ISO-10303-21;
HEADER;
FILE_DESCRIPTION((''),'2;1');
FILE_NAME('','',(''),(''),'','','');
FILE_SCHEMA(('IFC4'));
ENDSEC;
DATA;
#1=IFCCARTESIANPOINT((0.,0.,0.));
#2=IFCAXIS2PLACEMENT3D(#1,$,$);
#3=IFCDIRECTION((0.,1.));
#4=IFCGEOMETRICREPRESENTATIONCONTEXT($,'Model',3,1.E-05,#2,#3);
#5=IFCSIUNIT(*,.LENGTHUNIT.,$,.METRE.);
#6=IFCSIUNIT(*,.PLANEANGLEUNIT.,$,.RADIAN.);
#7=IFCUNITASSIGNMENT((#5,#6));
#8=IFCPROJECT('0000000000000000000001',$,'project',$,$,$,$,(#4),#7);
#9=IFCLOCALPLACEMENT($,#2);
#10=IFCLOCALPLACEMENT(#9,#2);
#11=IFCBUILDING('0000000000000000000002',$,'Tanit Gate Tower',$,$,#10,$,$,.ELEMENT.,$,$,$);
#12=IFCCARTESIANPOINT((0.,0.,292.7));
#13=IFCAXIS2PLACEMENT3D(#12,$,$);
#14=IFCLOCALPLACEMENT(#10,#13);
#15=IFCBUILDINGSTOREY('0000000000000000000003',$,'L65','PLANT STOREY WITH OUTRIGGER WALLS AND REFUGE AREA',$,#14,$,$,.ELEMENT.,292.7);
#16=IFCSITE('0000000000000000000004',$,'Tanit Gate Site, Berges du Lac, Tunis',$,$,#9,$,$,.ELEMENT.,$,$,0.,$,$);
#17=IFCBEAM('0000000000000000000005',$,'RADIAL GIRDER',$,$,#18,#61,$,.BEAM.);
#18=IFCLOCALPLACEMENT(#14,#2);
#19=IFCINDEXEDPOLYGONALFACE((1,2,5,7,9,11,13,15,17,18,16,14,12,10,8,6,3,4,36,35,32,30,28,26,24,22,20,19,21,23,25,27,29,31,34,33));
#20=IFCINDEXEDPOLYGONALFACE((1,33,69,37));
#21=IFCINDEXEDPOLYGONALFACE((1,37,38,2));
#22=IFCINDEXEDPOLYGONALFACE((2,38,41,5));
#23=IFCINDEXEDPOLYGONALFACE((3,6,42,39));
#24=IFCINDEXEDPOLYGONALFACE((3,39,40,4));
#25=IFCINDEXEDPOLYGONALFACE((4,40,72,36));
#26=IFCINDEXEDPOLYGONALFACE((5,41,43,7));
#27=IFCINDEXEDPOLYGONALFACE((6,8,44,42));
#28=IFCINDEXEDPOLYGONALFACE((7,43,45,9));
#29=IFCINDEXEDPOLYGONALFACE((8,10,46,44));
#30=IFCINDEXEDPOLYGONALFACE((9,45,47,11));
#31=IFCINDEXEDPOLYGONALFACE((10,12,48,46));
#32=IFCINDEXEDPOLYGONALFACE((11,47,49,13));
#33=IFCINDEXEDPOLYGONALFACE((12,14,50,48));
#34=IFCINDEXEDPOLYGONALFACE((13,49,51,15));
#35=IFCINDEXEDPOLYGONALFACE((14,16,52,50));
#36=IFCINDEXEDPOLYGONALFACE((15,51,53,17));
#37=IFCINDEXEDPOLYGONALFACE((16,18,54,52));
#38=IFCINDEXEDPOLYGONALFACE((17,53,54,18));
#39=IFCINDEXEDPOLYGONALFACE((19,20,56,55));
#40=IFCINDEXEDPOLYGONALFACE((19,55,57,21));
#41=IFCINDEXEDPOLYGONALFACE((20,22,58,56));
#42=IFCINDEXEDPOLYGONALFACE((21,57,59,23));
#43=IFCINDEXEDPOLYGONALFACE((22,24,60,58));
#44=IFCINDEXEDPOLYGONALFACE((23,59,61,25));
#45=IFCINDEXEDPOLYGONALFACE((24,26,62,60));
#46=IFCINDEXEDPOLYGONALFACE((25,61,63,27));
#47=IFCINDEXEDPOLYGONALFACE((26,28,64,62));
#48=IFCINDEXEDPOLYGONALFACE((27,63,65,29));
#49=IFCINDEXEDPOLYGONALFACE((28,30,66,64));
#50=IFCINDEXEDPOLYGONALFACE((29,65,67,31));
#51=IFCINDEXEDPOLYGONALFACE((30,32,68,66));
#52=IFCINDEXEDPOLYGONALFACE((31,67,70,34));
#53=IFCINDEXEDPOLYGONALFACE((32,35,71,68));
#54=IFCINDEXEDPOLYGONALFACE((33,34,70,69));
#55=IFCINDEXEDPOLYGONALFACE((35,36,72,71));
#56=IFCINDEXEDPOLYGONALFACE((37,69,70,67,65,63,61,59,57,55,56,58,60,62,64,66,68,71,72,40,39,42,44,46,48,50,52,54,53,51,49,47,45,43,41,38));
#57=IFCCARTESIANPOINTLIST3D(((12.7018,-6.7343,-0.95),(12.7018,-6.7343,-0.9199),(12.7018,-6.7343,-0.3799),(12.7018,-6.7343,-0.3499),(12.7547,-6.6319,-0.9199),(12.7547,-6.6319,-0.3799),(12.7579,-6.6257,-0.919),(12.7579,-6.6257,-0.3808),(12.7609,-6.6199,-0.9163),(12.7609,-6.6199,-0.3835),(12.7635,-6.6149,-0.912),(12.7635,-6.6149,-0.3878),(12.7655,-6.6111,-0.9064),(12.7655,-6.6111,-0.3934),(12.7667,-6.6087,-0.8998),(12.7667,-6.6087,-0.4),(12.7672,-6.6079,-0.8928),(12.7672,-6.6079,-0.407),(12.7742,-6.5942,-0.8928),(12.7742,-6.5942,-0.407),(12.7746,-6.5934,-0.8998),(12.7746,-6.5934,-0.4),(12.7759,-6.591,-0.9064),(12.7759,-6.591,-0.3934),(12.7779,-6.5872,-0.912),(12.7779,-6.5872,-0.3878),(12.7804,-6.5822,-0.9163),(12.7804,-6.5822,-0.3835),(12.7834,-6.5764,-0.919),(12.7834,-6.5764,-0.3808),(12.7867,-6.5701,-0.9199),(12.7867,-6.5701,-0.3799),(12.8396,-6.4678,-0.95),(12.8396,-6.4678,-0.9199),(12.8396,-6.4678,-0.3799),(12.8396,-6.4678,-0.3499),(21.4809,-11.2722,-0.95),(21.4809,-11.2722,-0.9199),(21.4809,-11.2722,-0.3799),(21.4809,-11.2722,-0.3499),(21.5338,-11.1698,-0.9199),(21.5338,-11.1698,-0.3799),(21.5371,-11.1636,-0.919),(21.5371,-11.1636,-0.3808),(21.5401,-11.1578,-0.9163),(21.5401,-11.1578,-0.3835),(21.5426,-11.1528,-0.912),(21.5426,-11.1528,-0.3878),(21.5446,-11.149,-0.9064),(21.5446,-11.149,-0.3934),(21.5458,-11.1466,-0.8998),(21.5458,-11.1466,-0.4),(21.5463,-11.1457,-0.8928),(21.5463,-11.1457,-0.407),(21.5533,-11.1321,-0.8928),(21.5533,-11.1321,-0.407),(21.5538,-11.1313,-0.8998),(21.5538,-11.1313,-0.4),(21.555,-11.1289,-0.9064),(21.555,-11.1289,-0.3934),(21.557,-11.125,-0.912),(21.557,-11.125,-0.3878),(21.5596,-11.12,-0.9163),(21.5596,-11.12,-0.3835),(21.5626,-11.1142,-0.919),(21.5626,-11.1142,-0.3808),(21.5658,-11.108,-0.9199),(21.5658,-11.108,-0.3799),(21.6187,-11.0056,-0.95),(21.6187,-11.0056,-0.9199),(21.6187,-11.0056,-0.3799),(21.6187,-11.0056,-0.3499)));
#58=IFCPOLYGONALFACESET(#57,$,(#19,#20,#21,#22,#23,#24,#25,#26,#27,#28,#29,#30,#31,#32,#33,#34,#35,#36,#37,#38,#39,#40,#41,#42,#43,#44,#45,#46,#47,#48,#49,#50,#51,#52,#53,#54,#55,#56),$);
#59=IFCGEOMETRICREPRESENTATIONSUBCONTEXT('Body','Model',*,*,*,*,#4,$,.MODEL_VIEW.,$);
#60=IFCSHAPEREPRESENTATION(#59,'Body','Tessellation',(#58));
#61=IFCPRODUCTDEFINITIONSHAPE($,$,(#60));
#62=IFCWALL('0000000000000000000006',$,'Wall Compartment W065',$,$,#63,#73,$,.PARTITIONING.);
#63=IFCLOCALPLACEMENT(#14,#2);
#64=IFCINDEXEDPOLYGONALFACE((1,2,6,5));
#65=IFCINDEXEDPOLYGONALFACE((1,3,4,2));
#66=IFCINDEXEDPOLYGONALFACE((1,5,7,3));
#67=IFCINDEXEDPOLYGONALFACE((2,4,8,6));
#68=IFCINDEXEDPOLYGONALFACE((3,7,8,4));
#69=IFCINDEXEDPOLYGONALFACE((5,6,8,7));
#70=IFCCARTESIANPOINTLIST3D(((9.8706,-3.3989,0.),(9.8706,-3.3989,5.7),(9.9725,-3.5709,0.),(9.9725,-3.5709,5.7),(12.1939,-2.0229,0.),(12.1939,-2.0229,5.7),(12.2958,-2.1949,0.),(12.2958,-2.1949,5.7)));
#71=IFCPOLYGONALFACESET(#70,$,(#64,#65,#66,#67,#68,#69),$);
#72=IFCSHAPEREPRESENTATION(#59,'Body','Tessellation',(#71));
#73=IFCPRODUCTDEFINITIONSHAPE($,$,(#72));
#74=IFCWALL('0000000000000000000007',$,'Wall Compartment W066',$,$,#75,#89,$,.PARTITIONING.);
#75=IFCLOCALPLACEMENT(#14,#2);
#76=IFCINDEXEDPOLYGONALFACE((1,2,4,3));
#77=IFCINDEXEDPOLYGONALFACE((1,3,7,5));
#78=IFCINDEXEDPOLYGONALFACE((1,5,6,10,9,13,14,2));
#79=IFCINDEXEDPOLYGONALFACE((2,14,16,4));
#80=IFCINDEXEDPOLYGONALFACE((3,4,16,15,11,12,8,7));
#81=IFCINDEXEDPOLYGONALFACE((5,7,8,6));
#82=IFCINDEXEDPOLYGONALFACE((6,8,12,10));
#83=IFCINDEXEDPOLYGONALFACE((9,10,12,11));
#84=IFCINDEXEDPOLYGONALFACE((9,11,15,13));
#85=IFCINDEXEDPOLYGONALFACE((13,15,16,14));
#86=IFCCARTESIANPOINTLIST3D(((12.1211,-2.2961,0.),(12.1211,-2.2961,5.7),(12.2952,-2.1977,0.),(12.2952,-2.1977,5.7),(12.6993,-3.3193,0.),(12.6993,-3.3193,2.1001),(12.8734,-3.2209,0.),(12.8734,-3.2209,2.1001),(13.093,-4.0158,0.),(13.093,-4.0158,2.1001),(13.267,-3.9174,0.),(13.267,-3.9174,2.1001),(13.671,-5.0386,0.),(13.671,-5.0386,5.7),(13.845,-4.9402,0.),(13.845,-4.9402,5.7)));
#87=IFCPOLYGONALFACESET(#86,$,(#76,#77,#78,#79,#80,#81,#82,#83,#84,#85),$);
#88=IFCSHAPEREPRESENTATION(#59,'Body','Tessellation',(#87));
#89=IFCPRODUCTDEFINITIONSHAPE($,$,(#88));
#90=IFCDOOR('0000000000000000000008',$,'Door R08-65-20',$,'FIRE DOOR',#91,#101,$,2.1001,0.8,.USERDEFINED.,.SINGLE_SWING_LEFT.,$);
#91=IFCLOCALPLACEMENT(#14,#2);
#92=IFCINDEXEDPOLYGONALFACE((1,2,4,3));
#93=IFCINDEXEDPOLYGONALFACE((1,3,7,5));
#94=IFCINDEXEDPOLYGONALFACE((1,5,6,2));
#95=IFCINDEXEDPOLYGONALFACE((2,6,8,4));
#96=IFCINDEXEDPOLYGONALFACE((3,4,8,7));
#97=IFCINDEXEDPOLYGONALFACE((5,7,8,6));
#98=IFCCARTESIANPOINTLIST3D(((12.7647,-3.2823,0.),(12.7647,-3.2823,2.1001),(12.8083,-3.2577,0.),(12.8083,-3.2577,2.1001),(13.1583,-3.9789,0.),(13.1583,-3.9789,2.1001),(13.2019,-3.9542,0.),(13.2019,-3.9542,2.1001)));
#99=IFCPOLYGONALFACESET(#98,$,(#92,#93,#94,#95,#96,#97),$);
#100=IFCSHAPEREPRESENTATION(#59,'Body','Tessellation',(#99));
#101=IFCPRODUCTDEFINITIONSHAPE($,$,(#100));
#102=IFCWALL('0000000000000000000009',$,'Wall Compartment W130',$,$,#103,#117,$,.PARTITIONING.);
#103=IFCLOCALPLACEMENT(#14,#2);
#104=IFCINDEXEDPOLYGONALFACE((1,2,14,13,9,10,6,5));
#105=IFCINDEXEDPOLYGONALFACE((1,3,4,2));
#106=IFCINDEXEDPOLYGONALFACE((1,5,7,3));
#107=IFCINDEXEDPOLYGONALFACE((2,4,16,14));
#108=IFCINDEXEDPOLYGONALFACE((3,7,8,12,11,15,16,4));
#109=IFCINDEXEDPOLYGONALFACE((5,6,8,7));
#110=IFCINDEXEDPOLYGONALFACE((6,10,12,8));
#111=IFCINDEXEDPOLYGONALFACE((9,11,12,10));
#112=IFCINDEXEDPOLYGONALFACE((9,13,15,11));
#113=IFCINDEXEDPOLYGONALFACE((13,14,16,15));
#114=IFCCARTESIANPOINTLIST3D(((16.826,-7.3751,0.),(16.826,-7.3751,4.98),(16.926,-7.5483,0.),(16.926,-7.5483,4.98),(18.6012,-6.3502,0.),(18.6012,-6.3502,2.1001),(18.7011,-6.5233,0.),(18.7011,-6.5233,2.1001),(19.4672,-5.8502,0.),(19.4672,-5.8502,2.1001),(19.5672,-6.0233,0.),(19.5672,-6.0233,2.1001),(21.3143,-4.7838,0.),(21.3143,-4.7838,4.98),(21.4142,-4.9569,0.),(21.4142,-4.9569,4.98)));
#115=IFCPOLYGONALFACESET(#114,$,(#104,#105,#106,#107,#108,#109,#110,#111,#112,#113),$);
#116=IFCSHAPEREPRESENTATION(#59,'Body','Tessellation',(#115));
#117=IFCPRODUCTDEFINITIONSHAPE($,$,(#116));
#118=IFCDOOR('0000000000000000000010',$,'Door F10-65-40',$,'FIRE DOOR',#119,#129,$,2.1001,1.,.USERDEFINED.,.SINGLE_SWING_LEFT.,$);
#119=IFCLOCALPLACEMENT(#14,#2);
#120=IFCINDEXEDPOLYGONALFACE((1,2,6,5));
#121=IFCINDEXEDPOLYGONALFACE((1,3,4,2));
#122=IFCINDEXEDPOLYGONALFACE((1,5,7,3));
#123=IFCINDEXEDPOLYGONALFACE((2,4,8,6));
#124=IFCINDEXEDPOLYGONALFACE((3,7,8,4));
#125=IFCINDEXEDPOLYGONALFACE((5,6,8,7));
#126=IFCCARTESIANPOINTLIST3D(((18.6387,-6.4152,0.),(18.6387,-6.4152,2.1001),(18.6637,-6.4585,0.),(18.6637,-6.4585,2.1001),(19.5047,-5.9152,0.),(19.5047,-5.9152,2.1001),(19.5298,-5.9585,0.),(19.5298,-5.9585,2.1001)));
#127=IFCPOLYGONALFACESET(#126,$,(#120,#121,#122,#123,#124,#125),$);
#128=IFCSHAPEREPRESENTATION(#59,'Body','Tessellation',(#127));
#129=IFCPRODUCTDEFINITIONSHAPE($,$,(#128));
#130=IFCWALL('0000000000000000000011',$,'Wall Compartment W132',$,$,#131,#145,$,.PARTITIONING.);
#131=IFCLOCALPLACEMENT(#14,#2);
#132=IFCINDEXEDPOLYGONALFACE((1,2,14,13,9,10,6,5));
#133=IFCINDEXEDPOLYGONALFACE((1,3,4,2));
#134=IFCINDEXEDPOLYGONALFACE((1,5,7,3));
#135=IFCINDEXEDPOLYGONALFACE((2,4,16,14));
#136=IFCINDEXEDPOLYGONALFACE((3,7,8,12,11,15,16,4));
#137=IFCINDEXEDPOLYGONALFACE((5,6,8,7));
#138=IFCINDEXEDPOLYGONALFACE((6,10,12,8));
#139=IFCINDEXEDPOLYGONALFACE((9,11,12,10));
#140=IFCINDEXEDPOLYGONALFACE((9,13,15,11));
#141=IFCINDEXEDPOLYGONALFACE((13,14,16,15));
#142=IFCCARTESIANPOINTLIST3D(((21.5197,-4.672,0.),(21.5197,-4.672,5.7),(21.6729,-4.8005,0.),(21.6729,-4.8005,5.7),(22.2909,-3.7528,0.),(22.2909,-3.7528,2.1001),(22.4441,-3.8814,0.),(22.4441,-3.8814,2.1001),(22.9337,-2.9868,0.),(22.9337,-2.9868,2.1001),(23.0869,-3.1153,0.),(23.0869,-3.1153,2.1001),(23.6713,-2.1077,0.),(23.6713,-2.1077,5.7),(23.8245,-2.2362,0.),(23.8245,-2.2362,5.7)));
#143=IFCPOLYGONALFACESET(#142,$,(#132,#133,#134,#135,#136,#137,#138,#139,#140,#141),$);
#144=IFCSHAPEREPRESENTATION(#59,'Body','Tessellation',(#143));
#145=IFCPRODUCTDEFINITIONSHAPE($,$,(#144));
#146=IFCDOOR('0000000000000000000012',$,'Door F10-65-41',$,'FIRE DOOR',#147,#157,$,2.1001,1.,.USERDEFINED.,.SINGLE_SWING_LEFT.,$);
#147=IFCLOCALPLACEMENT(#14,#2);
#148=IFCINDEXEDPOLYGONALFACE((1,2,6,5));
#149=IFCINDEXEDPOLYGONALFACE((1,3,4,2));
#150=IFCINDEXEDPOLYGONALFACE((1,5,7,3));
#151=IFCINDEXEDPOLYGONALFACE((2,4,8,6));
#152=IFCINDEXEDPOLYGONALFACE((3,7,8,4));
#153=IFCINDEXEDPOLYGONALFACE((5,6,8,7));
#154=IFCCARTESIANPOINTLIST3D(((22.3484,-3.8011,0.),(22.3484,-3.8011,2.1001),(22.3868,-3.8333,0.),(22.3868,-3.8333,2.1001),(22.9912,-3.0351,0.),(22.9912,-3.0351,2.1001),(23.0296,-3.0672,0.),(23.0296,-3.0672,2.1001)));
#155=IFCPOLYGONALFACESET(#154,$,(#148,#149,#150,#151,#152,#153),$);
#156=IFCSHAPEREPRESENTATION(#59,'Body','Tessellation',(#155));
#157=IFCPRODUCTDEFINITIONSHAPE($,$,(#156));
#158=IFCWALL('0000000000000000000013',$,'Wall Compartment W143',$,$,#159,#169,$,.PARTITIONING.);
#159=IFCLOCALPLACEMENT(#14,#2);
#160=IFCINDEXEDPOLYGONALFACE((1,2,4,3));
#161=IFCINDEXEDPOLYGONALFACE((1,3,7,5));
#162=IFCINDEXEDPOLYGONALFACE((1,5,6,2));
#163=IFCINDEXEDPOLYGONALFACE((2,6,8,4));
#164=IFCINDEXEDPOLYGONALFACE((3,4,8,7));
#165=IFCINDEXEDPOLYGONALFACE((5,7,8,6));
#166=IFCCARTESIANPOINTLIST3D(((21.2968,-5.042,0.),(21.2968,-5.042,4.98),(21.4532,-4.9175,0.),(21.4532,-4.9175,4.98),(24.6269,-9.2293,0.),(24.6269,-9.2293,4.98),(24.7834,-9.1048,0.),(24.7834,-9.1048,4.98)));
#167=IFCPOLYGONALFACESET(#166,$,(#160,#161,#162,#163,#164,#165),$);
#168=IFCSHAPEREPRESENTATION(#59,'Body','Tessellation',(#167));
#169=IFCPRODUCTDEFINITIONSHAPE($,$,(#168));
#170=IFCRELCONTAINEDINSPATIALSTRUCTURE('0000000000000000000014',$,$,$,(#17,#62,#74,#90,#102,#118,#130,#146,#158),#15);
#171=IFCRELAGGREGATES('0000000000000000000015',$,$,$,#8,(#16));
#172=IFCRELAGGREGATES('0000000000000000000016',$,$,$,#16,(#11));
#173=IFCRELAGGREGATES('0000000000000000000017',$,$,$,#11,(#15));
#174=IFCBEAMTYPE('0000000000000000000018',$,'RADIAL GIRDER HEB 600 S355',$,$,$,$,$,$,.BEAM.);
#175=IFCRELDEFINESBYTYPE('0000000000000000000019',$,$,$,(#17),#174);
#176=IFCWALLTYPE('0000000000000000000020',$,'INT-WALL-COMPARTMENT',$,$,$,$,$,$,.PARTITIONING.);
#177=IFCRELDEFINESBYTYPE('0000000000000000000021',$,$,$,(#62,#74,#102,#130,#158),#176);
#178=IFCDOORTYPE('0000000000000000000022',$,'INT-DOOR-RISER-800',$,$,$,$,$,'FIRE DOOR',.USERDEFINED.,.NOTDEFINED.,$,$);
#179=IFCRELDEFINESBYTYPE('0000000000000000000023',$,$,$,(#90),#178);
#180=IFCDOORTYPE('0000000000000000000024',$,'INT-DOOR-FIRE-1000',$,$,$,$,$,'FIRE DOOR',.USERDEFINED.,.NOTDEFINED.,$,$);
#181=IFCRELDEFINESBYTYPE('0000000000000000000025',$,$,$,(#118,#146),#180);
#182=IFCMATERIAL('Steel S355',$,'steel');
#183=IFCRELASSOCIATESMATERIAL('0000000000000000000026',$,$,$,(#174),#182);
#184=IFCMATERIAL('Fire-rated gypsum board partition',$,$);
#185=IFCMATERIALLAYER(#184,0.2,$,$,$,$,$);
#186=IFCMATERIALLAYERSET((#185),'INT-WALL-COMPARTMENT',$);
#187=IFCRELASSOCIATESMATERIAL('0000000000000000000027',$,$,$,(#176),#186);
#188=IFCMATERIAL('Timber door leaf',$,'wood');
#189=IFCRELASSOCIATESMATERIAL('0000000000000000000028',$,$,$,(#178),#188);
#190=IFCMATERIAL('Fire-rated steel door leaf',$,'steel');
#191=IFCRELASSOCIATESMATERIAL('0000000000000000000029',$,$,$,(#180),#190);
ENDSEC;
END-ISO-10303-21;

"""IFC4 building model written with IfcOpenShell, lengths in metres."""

from ifc_helpers import new_model, si_unit, direction, frame, frame_2d, origin, origin_2d, place, context, subcontext, project, spatial, rectangle, i_section, extrude, material, layer, layer_set, material_profile, profile_set, type_object, element, fill, save


model = new_model("IFC4")

# Units and contexts
model_context = context("Model", 3, precision=1e-05, world=origin(), true_north=direction((0.0, 1.0)))
body_context = subcontext(model_context, "Body", "Model", "MODEL_VIEW")
ifc_project = project(units=[si_unit("LENGTHUNIT", "METRE"), si_unit("PLANEANGLEUNIT", "RADIAN")], contexts=[model_context])

# Site, building, storey
site_placement = place(None, origin())
site = spatial("IfcSite", under=ifc_project, at=site_placement, Name="Tanit Gate Site, Berges du Lac, Tunis", CompositionType="ELEMENT", RefElevation=0.0)
building_placement = place(site_placement, origin())
building = spatial("IfcBuilding", under=site, at=building_placement, Name="Tanit Gate Tower", CompositionType="ELEMENT")
storey_placement = place(building_placement, frame((0.0, 0.0, 292.7)))
storey = spatial("IfcBuildingStorey", under=building, at=storey_placement, Name="L65", Description="PLANT STOREY WITH OUTRIGGER WALLS AND REFUGE AREA", CompositionType="ELEMENT", Elevation=292.7)

# Beam
ifc_material_1 = material(Name="Steel S355", Category="steel")
ifc_material_profile_1 = material_profile(ifc_material_1, i_section(OverallWidth=0.3, OverallDepth=0.6001, WebThickness=0.0154, FlangeThickness=0.03, FilletRadius=0.0271, at=origin_2d()), Name="HEB 600")
ifc_profile_set_1 = profile_set([ifc_material_profile_1], Name="Steel S355")
beam_type_1 = type_object("IfcBeamType", Name="RADIAL GIRDER HEB 600 S355", PredefinedType="BEAM", material=ifc_profile_set_1)
beam_1_placement = place(storey_placement, frame((21.5498, -11.1389, -0.6499), z_axis=(-0.888343, 0.45918, 0.0), x_axis=(-0.45918, -0.888343, 0.0)))
element("IfcBeam", 1, at=beam_1_placement, inside=storey, type_object=beam_type_1, Name="RADIAL GIRDER", PredefinedType="BEAM", context=body_context, shape_type="SweptSolid", body=[
    extrude(i_section(OverallWidth=0.3, OverallDepth=0.6001, WebThickness=0.0154, FlangeThickness=0.03, FilletRadius=0.0271, at=origin_2d()), origin(), (0.0, 0.0, 1.0), 9.8826),
])

# Wall
ifc_material_2 = material(Name="Fire-rated gypsum board partition")
ifc_layer_1 = layer(ifc_material_2, 0.2)
ifc_layer_set_1 = layer_set([ifc_layer_1], Name="INT-WALL-COMPARTMENT")
wall_type_1 = type_object("IfcWallType", Name="INT-WALL-COMPARTMENT", PredefinedType="PARTITIONING", material=ifc_layer_set_1)
wall_1_placement = place(storey_placement, frame((12.2449, -2.1089, 0.0), z_axis=(0.0, 0.0, 1.0), x_axis=(-0.860415, -0.509594, 0.0)))
element("IfcWall", 2, at=wall_1_placement, inside=storey, type_object=wall_type_1, Name="Wall Compartment W065", PredefinedType="PARTITIONING", context=body_context, shape_type="SweptSolid", body=[
    extrude(rectangle(XDim=2.7002, YDim=0.2, at=frame_2d((1.3501, 0.0))), origin(), (0.0, 0.0, 1.0), 5.7),
])

# Walls, openings, doors
wall_2_placement = place(storey_placement, frame((13.7581, -4.9895, 0.0), z_axis=(0.0, 0.0, 1.0), x_axis=(-0.491993, 0.870599, 0.0)))
wall_2 = element("IfcWall", 3, at=wall_2_placement, inside=storey, type_object=wall_type_1, Name="Wall Compartment W066", PredefinedType="PARTITIONING", context=body_context, shape_type="SweptSolid", body=[
    extrude(rectangle(XDim=3.1501, YDim=0.2, at=frame_2d((1.5752, 0.0))), origin(), (0.0, 0.0, 1.0), 5.7),
])
opening_1_placement = place(wall_2_placement, frame((1.175, 0.0, 0.0)))
opening_1 = element("IfcOpeningElement", 4, at=opening_1_placement, cuts=wall_2, PredefinedType="OPENING", context=body_context, shape_type="SweptSolid", body=[
    extrude(rectangle(XDim=0.8, YDim=2.1001, at=frame_2d((0.3999, 1.05))), frame((0.0, 0.1099, 0.0), z_axis=(0.0, -1.0, 0.0), x_axis=(1.0, 0.0, 0.0)), (0.0, 0.0, 1.0), 0.22),
])
ifc_material_3 = material(Name="Timber door leaf", Category="wood")
door_type_1 = type_object("IfcDoorType", Name="INT-DOOR-RISER-800", ElementType="FIRE DOOR", OperationType="NOTDEFINED", PredefinedType="USERDEFINED", material=ifc_material_3)
door_1_placement = place(opening_1_placement, origin())
door_1 = element("IfcDoor", 5, at=door_1_placement, inside=storey, type_object=door_type_1, Name="Door R08-65-20", ObjectType="FIRE DOOR", OperationType="SINGLE_SWING_LEFT", OverallHeight=2.1001, OverallWidth=0.8, PredefinedType="USERDEFINED", context=body_context, shape_type="SweptSolid", body=[
    extrude(rectangle(XDim=0.8, YDim=2.1001, at=frame_2d((0.3999, 1.05))), frame((0.0, 0.0249, 0.0), z_axis=(0.0, -1.0, 0.0), x_axis=(1.0, 0.0, 0.0)), (0.0, 0.0, 1.0), 0.05),
])
fill(opening_1, door_1)
wall_3_placement = place(storey_placement, frame((16.876, -7.4617, 0.0), z_axis=(0.0, 0.0, 1.0), x_axis=(0.866026, 0.5, 0.0)))
wall_3 = element("IfcWall", 6, at=wall_3_placement, inside=storey, type_object=wall_type_1, Name="Wall Compartment W130", PredefinedType="PARTITIONING", context=body_context, shape_type="SweptSolid", body=[
    extrude(rectangle(XDim=5.1826, YDim=0.2, at=frame_2d((2.5913, 0.0))), origin(), (0.0, 0.0, 1.0), 4.98),
])
opening_2_placement = place(wall_3_placement, frame((2.0498, 0.0, 0.0)))
opening_2 = element("IfcOpeningElement", 7, at=opening_2_placement, cuts=wall_3, PredefinedType="OPENING", context=body_context, shape_type="SweptSolid", body=[
    extrude(rectangle(XDim=1.0, YDim=2.1001, at=frame_2d((0.5, 1.05))), frame((0.0, 0.1099, 0.0), z_axis=(0.0, -1.0, 0.0), x_axis=(1.0, 0.0, 0.0)), (0.0, 0.0, 1.0), 0.22),
])
ifc_material_4 = material(Name="Fire-rated steel door leaf", Category="steel")
door_type_2 = type_object("IfcDoorType", Name="INT-DOOR-FIRE-1000", ElementType="FIRE DOOR", OperationType="NOTDEFINED", PredefinedType="USERDEFINED", material=ifc_material_4)
door_2_placement = place(opening_2_placement, origin())
door_2 = element("IfcDoor", 8, at=door_2_placement, inside=storey, type_object=door_type_2, Name="Door F10-65-40", ObjectType="FIRE DOOR", OperationType="SINGLE_SWING_LEFT", OverallHeight=2.1001, OverallWidth=1.0, PredefinedType="USERDEFINED", context=body_context, shape_type="SweptSolid", body=[
    extrude(rectangle(XDim=1.0, YDim=2.1001, at=frame_2d((0.5, 1.05))), frame((0.0, 0.0249, 0.0), z_axis=(0.0, -1.0, 0.0), x_axis=(1.0, 0.0, 0.0)), (0.0, 0.0, 1.0), 0.05),
])
fill(opening_2, door_2)
wall_4_placement = place(storey_placement, frame((21.5962, -4.7363, 0.0), z_axis=(0.0, 0.0, 1.0), x_axis=(0.642785, 0.766047, 0.0)))
wall_4 = element("IfcWall", 9, at=wall_4_placement, inside=storey, type_object=wall_type_1, Name="Wall Compartment W132", PredefinedType="PARTITIONING", context=body_context, shape_type="SweptSolid", body=[
    extrude(rectangle(XDim=3.3474, YDim=0.2, at=frame_2d((1.6738, 0.0))), origin(), (0.0, 0.0, 1.0), 5.7),
])
opening_3_placement = place(wall_4_placement, frame((1.2, 0.0, 0.0)))
opening_3 = element("IfcOpeningElement", 10, at=opening_3_placement, cuts=wall_4, PredefinedType="OPENING", context=body_context, shape_type="SweptSolid", body=[
    extrude(rectangle(XDim=1.0, YDim=2.1001, at=frame_2d((0.5, 1.05))), frame((0.0, 0.1099, 0.0), z_axis=(0.0, -1.0, 0.0), x_axis=(1.0, 0.0, 0.0)), (0.0, 0.0, 1.0), 0.22),
])
door_3_placement = place(opening_3_placement, origin())
door_3 = element("IfcDoor", 11, at=door_3_placement, inside=storey, type_object=door_type_2, Name="Door F10-65-41", ObjectType="FIRE DOOR", OperationType="SINGLE_SWING_LEFT", OverallHeight=2.1001, OverallWidth=1.0, PredefinedType="USERDEFINED", context=body_context, shape_type="SweptSolid", body=[
    extrude(rectangle(XDim=1.0, YDim=2.1001, at=frame_2d((0.5, 1.05))), frame((0.0, 0.0249, 0.0), z_axis=(0.0, -1.0, 0.0), x_axis=(1.0, 0.0, 0.0)), (0.0, 0.0, 1.0), 0.05),
])
fill(opening_3, door_3)

# Wall
wall_5_placement = place(storey_placement, frame((21.375, -4.9797, 0.0), z_axis=(0.0, 0.0, 1.0), x_axis=(0.622444, -0.782664, 0.0)))
element("IfcWall", 12, at=wall_5_placement, inside=storey, type_object=wall_type_1, Name="Wall Compartment W143", PredefinedType="PARTITIONING", context=body_context, shape_type="SweptSolid", body=[
    extrude(rectangle(XDim=5.3501, YDim=0.2, at=frame_2d((2.675, 0.0))), origin(), (0.0, 0.0, 1.0), 4.98),
])

save(model, "model.ifc")
